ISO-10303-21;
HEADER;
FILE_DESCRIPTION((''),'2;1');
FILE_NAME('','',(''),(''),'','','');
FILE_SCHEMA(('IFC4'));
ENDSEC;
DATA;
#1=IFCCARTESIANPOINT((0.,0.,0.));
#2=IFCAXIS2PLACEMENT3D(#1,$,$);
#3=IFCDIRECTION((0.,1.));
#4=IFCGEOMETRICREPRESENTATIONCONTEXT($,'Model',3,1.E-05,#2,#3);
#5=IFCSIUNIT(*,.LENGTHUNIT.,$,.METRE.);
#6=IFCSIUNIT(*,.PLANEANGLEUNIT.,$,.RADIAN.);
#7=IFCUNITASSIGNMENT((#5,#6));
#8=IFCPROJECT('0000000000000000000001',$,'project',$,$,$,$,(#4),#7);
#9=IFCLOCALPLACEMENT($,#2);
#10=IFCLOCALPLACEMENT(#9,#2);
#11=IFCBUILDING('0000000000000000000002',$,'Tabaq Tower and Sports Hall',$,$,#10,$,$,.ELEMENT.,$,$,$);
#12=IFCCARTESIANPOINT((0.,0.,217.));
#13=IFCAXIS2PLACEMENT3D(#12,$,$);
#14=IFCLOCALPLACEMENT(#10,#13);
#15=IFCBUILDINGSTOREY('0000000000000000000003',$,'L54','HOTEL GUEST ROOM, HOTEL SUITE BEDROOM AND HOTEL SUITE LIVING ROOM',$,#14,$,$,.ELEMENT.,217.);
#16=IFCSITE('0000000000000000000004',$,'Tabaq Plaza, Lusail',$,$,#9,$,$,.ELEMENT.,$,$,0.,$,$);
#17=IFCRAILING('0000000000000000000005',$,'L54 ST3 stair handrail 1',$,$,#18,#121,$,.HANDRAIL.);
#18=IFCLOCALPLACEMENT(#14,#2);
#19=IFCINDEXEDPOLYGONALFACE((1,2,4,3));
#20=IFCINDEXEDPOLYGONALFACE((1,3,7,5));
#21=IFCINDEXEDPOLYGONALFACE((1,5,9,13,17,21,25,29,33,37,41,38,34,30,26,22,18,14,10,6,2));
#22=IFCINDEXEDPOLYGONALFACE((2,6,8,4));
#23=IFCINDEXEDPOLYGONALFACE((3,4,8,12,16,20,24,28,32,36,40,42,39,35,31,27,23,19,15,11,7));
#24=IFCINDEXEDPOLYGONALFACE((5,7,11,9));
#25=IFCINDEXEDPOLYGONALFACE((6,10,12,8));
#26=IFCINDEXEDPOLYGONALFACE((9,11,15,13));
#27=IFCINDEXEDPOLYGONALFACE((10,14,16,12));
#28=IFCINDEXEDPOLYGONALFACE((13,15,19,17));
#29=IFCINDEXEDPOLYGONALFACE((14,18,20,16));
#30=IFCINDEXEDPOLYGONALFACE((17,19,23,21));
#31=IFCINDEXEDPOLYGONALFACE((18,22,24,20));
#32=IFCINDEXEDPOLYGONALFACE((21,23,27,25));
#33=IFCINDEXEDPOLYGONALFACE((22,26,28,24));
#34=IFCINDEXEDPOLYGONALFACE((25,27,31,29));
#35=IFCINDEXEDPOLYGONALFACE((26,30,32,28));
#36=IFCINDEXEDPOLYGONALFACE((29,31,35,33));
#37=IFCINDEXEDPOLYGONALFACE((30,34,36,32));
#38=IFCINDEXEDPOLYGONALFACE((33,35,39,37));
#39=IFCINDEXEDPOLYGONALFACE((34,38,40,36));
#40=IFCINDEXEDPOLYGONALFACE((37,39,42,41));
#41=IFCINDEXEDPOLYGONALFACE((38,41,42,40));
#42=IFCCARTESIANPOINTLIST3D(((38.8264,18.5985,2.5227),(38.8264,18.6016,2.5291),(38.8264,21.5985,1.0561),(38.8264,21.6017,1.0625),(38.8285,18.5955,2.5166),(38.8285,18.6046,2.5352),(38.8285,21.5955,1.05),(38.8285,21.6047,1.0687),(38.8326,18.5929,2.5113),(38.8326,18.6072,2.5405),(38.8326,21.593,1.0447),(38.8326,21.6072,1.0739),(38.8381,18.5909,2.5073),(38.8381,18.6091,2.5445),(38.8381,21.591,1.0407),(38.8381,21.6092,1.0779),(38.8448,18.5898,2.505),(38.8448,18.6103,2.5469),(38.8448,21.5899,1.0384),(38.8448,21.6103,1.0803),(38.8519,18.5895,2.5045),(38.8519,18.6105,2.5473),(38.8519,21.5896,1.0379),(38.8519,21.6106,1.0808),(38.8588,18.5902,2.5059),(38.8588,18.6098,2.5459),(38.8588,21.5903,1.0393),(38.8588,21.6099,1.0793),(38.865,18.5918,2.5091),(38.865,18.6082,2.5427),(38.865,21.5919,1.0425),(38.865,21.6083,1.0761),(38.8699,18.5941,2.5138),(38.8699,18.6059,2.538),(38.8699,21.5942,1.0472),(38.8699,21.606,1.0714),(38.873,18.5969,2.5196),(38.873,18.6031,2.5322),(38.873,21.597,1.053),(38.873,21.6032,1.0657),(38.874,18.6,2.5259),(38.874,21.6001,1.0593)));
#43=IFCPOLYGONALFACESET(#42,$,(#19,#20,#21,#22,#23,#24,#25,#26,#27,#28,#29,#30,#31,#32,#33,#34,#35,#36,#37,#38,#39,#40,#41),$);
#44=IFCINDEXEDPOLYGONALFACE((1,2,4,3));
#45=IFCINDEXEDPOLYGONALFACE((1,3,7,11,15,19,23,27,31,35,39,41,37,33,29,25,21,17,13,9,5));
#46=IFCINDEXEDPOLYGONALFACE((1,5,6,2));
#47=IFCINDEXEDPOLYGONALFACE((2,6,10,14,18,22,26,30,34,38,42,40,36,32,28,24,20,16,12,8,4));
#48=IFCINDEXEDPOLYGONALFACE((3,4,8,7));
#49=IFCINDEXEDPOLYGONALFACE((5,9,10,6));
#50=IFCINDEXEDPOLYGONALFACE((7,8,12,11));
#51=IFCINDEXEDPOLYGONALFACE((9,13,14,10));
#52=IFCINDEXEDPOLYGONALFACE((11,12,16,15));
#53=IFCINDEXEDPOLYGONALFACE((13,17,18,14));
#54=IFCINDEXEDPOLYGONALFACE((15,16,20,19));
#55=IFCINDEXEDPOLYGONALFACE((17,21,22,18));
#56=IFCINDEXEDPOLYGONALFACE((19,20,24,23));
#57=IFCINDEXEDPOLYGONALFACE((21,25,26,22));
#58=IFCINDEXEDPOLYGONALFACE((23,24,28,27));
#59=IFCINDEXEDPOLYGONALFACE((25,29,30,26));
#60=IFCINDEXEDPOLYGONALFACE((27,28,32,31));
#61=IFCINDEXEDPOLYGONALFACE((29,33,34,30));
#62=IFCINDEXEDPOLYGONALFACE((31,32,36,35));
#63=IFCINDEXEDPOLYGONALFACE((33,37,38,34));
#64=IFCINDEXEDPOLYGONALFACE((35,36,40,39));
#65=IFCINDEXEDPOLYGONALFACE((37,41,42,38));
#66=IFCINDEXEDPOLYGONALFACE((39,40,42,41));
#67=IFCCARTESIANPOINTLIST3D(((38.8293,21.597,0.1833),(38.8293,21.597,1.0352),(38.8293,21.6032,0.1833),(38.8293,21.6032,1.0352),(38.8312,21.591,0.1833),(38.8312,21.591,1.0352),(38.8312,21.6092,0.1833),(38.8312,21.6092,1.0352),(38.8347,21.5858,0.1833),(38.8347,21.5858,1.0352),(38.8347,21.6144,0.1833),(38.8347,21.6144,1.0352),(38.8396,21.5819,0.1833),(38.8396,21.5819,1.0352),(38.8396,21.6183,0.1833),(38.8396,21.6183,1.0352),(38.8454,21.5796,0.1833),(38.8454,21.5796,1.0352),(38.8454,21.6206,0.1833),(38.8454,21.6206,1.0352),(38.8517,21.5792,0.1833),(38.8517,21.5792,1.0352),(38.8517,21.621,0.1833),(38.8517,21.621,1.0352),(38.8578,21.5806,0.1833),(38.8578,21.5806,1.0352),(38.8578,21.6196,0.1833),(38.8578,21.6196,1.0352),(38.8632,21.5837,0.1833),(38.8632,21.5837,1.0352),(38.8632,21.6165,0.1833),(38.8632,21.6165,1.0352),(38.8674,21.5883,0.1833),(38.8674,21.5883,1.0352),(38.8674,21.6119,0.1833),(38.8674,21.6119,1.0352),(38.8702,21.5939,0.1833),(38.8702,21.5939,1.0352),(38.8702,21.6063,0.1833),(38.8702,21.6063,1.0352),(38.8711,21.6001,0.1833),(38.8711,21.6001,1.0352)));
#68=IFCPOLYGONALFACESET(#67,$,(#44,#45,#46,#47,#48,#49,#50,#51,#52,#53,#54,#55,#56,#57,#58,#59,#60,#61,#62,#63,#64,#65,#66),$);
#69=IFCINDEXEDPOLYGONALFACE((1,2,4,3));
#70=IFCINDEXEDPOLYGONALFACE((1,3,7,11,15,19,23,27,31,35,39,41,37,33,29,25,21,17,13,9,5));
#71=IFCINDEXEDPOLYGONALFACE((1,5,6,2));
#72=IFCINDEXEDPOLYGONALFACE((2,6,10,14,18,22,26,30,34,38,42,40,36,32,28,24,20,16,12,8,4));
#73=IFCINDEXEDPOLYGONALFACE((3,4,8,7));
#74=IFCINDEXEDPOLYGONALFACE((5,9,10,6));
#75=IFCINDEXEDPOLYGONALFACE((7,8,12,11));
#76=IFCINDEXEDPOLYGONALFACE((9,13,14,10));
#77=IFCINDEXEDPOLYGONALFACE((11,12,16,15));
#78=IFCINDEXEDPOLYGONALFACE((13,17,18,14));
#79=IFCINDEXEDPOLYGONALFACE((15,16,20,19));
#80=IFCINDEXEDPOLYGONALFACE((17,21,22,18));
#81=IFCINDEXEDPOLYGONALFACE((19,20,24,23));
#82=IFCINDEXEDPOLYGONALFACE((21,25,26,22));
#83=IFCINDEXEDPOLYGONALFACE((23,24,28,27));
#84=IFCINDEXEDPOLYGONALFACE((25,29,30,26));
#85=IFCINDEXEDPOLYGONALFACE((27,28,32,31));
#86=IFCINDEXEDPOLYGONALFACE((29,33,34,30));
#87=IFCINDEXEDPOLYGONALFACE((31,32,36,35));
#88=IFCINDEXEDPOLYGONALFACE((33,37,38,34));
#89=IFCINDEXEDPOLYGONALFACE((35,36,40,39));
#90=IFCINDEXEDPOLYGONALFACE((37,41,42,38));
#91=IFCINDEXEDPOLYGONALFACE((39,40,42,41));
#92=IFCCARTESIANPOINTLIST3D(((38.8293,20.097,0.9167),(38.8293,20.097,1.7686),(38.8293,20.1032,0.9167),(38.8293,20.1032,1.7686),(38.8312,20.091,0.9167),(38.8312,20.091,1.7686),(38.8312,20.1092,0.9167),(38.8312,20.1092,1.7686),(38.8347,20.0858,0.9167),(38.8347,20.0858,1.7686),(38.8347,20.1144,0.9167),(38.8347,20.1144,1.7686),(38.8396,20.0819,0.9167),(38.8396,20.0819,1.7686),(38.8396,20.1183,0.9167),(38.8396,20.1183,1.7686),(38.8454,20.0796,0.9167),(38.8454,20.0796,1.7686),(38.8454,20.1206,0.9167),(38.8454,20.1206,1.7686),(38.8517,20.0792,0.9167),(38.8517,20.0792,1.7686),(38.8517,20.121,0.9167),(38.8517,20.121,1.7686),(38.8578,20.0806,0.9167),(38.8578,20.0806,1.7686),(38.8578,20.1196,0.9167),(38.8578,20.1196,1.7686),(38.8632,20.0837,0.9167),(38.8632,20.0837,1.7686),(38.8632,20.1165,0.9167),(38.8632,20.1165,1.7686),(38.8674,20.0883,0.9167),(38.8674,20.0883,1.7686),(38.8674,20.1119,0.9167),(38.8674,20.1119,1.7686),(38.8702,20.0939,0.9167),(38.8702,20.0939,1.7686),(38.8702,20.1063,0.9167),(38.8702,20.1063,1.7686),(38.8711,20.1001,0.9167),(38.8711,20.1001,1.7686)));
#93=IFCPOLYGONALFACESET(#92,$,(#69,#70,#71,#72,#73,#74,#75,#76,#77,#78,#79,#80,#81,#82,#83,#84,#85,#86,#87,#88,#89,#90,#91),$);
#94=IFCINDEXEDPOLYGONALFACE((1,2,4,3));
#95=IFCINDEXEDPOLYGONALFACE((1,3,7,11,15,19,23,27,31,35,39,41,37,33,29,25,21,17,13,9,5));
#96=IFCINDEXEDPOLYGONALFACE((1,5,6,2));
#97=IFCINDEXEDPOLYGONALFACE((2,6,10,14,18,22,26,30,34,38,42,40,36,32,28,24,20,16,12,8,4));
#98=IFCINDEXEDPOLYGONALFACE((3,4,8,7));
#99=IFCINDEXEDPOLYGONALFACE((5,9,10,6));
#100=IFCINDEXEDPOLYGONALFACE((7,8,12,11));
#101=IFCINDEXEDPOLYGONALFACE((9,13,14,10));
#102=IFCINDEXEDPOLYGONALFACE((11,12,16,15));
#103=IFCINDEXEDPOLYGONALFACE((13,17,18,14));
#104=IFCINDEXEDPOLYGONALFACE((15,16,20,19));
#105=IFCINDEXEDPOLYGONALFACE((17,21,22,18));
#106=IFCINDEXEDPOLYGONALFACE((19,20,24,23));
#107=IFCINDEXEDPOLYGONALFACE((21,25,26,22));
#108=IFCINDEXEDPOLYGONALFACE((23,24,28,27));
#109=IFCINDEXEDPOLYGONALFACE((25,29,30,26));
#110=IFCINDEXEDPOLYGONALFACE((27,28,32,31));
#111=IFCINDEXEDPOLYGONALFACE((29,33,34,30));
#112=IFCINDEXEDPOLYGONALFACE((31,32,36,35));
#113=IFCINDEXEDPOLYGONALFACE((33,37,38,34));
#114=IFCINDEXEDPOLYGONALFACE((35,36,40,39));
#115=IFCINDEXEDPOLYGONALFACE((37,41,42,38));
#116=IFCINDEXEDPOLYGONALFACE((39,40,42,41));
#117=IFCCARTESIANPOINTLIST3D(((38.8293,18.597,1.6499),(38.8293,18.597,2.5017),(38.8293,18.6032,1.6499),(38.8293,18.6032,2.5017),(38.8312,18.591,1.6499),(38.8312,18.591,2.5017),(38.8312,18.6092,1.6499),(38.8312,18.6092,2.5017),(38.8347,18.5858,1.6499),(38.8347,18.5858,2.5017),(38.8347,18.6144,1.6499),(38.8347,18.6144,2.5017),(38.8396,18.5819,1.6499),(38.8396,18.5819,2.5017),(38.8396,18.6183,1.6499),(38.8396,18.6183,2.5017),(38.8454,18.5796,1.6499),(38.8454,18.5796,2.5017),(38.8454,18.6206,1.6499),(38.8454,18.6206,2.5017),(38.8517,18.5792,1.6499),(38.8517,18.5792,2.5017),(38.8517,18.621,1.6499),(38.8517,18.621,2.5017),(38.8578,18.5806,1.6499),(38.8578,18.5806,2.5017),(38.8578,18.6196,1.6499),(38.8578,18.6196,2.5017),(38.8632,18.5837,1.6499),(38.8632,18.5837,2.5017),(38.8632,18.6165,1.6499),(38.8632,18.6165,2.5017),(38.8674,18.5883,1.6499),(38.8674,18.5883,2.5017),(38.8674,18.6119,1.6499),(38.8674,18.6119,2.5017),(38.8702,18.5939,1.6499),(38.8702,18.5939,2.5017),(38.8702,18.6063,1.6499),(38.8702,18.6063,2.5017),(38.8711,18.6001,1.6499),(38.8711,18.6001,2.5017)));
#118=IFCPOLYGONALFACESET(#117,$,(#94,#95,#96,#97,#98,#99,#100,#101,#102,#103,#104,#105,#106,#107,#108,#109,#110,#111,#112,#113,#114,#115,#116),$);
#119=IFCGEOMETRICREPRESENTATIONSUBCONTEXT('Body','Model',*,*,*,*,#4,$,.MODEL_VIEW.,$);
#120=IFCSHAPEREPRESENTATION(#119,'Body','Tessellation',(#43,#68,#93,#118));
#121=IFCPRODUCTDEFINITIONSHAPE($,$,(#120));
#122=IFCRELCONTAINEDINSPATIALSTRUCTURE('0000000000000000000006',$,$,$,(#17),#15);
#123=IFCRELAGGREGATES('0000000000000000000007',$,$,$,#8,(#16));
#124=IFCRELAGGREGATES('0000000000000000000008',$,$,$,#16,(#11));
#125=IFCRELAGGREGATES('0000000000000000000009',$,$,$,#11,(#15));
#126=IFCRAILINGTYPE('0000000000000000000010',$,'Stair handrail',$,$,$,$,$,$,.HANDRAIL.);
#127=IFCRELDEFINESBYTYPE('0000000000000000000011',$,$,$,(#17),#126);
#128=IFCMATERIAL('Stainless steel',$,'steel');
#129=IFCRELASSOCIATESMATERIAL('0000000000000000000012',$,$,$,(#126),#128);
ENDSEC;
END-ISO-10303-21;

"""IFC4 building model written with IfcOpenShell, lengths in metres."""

from ifc_helpers import new_model, si_unit, direction, frame, origin, origin_2d, place, context, subcontext, project, spatial, circle, extrude, material, type_object, element, save


model = new_model("IFC4")

# Units and contexts
model_context = context("Model", 3, precision=1e-05, world=origin(), true_north=direction((0.0, 1.0)))
body_context = subcontext(model_context, "Body", "Model", "MODEL_VIEW")
ifc_project = project(units=[si_unit("LENGTHUNIT", "METRE"), si_unit("PLANEANGLEUNIT", "RADIAN")], contexts=[model_context])

# Site, building, storey
site_placement = place(None, origin())
site = spatial("IfcSite", under=ifc_project, at=site_placement, Name="Tabaq Plaza, Lusail", CompositionType="ELEMENT", RefElevation=0.0)
building_placement = place(site_placement, origin())
building = spatial("IfcBuilding", under=site, at=building_placement, Name="Tabaq Tower and Sports Hall", CompositionType="ELEMENT")
storey_placement = place(building_placement, frame((0.0, 0.0, 217.0)))
storey = spatial("IfcBuildingStorey", under=building, at=storey_placement, Name="L54", Description="HOTEL GUEST ROOM, HOTEL SUITE BEDROOM AND HOTEL SUITE LIVING ROOM", CompositionType="ELEMENT", Elevation=217.0)

# Railing
ifc_material_1 = material(Name="Stainless steel", Category="steel")
railing_type_1 = type_object("IfcRailingType", Name="Stair handrail", PredefinedType="HANDRAIL", material=ifc_material_1)
railing_1_placement = place(storey_placement, frame((38.8501, 21.6001, 0.1833)))
element("IfcRailing", 1, at=railing_1_placement, inside=storey, type_object=railing_type_1, Name="L54 ST3 stair handrail 1", PredefinedType="HANDRAIL", context=body_context, shape_type="SweptSolid", body=[
    extrude(circle(Radius=0.0239, at=origin_2d()), frame((0.0, 0.0, 0.876), z_axis=(0.0, -0.898398, 0.439183), x_axis=(1.0, 0.0, 0.0)), (0.0, 0.0, 1.0), 3.3394),
    extrude(circle(Radius=0.021, at=origin_2d()), origin(), (0.0, 0.0, 1.0), 0.8518),
    extrude(circle(Radius=0.021, at=origin_2d()), frame((0.0, -1.5, 0.7334)), (0.0, 0.0, 1.0), 0.8518),
    extrude(circle(Radius=0.021, at=origin_2d()), frame((0.0, -3.0, 1.4666)), (0.0, 0.0, 1.0), 0.8518),
])

save(model, "model.ifc")
